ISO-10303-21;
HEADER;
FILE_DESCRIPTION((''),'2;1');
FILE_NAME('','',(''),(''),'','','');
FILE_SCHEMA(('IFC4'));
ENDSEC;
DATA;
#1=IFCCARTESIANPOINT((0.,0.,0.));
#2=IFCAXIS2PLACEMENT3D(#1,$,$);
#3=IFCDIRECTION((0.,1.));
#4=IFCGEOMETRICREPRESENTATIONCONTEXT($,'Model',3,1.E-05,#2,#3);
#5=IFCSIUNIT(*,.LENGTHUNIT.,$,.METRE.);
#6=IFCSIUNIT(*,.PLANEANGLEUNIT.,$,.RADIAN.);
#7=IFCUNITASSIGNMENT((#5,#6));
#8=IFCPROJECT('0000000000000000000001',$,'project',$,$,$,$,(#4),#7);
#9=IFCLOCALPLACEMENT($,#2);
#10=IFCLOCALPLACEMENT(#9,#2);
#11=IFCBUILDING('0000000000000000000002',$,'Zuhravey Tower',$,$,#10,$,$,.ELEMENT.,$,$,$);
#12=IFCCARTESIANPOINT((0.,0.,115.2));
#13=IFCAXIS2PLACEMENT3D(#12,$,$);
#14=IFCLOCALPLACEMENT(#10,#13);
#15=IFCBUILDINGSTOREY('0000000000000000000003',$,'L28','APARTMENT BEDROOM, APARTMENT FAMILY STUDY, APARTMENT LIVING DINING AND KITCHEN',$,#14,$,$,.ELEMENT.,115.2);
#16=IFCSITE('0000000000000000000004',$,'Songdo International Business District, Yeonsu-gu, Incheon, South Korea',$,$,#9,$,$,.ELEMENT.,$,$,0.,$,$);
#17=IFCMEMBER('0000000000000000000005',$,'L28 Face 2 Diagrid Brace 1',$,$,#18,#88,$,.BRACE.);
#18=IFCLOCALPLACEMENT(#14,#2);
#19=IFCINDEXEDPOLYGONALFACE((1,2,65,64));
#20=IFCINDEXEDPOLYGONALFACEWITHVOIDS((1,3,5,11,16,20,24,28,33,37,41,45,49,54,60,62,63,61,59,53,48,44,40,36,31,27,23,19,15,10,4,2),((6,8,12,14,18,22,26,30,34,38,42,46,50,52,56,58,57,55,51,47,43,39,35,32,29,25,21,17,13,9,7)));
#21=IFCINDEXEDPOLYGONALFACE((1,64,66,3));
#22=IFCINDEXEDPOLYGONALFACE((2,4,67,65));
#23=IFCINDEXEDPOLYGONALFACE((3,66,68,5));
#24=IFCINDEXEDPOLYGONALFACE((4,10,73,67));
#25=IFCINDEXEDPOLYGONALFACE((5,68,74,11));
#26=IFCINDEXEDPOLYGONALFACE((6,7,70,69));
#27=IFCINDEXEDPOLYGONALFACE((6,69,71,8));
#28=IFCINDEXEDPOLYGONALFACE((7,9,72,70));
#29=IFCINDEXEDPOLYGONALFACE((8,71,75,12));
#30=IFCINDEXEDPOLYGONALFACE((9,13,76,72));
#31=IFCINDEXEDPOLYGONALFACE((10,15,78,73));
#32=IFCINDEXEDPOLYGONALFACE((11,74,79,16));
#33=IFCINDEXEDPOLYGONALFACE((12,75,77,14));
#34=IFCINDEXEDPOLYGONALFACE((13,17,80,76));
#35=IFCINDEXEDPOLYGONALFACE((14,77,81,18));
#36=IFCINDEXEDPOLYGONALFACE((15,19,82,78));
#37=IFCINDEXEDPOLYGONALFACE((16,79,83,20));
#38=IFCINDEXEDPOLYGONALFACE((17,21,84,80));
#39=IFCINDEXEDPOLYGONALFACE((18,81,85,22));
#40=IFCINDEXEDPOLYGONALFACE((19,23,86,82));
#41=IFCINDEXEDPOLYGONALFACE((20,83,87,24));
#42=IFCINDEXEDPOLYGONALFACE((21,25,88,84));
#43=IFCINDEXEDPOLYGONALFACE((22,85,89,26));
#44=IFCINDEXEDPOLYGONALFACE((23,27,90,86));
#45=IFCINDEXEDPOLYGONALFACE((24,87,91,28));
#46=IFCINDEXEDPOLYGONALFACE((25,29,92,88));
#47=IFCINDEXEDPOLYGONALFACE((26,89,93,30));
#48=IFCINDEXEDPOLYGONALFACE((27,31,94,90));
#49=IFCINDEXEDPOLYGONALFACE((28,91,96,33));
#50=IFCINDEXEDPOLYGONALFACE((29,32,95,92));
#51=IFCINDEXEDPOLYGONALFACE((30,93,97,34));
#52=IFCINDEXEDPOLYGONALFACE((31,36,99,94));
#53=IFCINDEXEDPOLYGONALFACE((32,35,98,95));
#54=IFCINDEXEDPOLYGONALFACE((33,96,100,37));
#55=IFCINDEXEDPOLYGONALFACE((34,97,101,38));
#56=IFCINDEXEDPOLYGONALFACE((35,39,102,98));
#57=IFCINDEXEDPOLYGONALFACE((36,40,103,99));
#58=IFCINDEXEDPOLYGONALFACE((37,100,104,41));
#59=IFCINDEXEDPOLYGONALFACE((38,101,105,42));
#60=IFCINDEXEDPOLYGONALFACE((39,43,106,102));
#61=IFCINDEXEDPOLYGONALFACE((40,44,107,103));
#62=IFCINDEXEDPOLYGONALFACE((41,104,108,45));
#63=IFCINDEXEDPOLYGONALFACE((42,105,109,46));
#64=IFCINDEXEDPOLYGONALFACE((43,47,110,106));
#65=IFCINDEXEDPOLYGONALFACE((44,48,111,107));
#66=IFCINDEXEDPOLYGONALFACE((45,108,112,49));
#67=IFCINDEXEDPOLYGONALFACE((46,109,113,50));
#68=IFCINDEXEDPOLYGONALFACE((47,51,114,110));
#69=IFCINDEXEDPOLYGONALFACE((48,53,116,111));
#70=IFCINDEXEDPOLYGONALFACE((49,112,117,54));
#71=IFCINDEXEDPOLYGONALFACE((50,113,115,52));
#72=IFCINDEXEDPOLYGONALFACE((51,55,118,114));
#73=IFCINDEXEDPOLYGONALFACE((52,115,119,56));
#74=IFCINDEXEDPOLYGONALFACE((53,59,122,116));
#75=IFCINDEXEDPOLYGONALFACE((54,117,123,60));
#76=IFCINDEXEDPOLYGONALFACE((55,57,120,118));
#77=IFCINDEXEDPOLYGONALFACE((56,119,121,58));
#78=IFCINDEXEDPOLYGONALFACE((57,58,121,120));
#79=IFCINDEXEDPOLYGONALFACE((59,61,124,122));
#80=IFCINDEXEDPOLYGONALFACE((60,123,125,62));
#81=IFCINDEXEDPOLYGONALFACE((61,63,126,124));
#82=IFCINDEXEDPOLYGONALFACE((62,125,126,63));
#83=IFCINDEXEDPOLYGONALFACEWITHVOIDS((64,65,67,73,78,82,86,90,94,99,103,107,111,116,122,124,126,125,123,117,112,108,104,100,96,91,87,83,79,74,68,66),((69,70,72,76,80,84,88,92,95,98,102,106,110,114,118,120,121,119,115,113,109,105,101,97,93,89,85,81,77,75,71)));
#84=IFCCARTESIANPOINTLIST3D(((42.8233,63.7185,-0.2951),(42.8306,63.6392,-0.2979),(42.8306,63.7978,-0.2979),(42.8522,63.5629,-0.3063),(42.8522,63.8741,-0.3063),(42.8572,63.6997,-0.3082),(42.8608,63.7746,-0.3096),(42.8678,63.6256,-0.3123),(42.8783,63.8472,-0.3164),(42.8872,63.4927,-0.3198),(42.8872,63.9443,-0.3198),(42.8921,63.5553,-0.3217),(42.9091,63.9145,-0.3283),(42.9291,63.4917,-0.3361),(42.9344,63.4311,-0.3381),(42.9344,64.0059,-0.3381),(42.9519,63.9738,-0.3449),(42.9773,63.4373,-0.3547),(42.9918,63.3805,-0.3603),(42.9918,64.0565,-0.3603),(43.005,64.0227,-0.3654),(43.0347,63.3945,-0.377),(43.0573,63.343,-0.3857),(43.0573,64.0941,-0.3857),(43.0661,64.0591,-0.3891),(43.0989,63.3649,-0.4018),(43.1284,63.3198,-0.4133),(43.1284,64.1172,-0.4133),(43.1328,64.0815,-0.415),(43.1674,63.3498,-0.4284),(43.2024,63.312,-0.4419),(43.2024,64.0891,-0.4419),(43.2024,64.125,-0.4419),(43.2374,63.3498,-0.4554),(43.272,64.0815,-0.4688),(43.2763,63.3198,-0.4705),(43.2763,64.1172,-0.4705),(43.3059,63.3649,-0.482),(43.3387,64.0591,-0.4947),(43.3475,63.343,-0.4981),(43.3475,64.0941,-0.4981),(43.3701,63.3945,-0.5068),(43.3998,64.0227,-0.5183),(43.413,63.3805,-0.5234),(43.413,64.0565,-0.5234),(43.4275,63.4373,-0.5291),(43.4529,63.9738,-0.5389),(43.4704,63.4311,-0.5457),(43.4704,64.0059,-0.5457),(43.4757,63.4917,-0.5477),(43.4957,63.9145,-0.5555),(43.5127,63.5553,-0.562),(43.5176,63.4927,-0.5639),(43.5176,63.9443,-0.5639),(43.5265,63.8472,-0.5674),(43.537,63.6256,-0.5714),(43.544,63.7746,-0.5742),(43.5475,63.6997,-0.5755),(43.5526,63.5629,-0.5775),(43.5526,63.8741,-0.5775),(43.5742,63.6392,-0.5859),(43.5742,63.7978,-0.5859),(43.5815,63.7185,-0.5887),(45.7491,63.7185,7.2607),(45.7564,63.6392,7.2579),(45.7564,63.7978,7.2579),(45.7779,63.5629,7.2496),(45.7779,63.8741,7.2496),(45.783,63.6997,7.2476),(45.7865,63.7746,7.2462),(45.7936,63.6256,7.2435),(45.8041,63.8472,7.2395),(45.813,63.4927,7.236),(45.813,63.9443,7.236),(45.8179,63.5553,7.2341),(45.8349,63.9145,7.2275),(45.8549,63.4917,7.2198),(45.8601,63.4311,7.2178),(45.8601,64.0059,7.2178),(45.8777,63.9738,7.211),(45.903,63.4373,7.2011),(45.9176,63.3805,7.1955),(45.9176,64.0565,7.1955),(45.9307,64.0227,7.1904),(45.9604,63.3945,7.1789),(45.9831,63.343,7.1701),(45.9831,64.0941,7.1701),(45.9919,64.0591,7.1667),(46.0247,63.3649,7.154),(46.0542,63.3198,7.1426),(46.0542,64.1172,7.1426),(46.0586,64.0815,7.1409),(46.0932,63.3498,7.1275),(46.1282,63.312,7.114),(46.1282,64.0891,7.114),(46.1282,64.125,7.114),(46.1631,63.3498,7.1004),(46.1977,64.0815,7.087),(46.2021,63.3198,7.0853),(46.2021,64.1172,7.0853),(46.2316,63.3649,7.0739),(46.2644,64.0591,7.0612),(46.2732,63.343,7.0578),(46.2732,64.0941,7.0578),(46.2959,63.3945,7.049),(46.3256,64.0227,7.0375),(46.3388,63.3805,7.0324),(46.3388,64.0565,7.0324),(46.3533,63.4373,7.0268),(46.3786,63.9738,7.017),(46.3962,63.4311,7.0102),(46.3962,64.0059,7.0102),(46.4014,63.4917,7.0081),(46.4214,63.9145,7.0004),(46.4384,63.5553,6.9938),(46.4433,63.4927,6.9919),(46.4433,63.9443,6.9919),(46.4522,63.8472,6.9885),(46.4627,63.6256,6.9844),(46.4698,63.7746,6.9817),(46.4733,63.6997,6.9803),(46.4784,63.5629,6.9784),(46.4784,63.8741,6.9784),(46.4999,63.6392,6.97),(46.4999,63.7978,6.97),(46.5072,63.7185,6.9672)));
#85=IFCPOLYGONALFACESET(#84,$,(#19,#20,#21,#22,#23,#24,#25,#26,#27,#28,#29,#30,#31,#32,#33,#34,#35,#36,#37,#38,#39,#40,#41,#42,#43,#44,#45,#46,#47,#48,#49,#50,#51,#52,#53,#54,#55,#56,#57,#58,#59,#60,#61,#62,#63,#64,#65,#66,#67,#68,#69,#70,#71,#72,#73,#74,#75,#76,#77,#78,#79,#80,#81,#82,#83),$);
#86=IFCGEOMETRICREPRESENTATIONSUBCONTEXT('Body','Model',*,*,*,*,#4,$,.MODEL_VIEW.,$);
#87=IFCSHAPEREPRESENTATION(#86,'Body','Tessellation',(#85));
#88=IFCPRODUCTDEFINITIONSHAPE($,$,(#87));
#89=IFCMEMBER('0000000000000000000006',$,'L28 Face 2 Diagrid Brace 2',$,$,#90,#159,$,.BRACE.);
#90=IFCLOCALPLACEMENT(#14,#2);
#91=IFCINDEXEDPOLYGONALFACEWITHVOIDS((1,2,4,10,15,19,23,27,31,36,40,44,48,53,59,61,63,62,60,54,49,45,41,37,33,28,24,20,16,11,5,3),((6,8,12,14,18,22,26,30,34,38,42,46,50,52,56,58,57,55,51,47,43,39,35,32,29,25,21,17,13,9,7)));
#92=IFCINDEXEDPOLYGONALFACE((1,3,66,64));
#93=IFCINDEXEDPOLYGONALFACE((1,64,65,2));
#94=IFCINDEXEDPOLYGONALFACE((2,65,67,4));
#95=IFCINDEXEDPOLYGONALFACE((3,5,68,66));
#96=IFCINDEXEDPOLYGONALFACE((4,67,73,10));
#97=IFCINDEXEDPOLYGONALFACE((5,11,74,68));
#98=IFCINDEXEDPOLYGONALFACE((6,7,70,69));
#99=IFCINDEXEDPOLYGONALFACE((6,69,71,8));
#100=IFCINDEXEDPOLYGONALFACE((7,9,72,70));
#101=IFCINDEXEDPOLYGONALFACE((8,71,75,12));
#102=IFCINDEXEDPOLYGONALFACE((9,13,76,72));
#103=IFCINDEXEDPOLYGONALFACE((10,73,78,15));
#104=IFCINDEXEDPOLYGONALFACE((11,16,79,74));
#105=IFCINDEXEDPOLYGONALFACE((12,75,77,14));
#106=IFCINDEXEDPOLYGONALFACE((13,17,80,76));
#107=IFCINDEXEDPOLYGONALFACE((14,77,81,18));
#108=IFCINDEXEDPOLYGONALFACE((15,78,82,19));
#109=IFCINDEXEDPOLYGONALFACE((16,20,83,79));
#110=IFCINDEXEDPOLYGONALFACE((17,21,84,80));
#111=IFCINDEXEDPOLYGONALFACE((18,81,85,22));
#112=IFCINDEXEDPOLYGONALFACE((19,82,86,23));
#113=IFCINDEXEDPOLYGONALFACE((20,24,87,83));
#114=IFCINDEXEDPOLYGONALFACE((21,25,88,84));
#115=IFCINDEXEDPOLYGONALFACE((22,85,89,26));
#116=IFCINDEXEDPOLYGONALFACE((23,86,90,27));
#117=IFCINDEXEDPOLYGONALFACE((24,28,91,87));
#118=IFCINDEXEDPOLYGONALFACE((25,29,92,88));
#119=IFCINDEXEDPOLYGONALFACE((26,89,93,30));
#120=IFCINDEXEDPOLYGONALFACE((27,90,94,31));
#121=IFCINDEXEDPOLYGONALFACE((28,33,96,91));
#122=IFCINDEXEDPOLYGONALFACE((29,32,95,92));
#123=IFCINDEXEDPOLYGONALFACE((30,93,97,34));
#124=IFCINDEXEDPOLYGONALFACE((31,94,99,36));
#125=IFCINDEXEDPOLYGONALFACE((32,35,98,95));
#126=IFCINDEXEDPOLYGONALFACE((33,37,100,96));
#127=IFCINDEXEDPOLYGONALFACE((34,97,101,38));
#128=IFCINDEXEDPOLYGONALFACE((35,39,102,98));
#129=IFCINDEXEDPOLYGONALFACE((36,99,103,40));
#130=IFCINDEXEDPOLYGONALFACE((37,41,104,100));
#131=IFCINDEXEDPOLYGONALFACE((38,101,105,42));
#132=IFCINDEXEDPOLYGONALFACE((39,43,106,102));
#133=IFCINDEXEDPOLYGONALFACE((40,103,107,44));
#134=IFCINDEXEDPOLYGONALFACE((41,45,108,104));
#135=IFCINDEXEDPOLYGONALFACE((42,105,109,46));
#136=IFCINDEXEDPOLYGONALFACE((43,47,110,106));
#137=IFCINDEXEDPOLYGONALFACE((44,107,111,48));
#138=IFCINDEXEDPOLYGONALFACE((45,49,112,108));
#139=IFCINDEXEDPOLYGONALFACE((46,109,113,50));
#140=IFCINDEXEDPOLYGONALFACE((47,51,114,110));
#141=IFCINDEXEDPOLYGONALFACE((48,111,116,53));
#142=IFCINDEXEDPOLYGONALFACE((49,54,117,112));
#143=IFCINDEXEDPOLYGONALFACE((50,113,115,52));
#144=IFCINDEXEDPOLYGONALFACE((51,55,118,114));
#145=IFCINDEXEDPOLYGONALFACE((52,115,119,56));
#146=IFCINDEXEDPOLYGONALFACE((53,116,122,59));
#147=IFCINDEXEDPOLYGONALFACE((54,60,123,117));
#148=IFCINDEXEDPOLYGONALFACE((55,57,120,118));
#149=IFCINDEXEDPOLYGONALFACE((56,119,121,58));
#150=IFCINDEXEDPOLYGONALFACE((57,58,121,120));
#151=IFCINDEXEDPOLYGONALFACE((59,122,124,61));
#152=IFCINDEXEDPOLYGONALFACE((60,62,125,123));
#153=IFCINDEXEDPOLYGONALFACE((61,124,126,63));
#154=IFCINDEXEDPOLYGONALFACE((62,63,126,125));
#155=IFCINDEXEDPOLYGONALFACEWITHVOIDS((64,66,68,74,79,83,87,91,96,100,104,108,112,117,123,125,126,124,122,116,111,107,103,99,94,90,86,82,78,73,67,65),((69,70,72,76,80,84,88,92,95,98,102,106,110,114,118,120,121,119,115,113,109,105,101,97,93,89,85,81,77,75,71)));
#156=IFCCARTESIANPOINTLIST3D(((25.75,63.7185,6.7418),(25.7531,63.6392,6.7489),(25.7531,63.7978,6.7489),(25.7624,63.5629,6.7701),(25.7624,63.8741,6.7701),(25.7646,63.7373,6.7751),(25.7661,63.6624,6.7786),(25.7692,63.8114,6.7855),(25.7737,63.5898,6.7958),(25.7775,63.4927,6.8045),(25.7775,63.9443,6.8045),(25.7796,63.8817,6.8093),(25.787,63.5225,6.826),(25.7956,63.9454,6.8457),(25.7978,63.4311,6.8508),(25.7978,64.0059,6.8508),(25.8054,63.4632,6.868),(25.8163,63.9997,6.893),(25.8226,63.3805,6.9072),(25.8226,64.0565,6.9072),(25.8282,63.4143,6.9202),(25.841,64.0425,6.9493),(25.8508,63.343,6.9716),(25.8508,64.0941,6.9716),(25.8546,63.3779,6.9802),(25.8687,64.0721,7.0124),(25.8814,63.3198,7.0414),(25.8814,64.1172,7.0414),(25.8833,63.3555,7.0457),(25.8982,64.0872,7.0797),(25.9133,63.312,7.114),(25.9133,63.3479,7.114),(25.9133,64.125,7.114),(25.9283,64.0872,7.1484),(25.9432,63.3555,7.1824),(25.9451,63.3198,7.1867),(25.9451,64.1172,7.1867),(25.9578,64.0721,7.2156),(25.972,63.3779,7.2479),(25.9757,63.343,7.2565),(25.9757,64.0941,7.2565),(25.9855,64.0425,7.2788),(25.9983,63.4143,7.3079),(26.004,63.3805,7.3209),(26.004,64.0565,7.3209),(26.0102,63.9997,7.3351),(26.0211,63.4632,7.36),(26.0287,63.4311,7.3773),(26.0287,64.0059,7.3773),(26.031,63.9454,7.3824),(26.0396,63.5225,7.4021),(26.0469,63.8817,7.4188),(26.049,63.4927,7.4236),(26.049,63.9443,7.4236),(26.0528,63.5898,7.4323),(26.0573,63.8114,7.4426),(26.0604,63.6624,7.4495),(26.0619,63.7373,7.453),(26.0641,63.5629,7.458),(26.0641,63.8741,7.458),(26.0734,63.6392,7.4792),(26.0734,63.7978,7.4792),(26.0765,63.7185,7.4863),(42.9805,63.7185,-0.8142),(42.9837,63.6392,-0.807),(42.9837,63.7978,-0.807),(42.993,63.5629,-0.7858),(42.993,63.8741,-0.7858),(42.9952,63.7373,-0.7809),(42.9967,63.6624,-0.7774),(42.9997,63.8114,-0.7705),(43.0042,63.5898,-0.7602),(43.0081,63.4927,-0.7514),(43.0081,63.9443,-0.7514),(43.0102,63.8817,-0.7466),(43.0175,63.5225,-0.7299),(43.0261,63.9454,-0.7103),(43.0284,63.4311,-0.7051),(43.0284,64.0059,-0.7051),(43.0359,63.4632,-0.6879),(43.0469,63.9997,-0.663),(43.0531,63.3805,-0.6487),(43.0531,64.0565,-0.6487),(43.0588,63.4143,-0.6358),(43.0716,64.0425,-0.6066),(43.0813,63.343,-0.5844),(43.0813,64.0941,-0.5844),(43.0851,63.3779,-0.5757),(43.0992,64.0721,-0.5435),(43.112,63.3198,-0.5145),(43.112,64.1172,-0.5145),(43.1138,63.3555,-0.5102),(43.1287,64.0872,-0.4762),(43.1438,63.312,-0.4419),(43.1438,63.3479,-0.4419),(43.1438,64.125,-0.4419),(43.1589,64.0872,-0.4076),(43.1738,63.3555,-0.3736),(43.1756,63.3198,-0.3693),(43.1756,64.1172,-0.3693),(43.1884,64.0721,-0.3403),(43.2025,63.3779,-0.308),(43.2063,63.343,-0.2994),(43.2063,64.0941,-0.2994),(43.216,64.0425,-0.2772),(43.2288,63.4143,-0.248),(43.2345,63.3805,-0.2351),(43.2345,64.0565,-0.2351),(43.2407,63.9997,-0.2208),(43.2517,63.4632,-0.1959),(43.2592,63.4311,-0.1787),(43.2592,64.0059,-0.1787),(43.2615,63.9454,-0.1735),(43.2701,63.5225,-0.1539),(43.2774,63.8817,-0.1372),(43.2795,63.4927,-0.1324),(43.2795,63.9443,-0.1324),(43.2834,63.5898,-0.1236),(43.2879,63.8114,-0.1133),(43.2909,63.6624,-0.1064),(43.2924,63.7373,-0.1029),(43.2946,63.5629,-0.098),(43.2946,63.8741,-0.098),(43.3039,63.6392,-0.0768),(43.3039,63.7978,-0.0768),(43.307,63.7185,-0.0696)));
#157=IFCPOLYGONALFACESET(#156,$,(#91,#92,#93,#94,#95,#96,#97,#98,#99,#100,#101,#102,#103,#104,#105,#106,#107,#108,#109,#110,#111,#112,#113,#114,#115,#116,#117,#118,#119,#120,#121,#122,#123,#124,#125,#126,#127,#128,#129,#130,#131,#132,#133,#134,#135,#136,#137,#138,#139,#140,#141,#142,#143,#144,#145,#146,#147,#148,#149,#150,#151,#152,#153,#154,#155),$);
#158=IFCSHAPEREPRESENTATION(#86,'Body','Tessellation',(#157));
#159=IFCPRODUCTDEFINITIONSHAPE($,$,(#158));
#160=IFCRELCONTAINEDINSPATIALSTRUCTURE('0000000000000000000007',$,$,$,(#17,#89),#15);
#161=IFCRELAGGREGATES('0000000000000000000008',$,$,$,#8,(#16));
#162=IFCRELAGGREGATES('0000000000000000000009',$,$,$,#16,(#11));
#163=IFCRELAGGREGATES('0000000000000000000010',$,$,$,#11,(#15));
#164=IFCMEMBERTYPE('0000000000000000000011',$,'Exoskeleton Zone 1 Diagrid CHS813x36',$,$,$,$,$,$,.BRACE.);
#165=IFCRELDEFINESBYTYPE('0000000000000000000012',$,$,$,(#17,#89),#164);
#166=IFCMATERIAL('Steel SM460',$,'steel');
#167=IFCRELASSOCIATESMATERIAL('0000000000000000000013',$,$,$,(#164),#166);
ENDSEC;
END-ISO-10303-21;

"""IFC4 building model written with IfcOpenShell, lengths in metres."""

from ifc_helpers import new_model, si_unit, direction, frame, origin, origin_2d, place, context, subcontext, project, spatial, hollow_circle, extrude, material, material_profile, profile_set, type_object, element, save


model = new_model("IFC4")

# Units and contexts
model_context = context("Model", 3, precision=1e-05, world=origin(), true_north=direction((0.0, 1.0)))
body_context = subcontext(model_context, "Body", "Model", "MODEL_VIEW")
ifc_project = project(units=[si_unit("LENGTHUNIT", "METRE"), si_unit("PLANEANGLEUNIT", "RADIAN")], contexts=[model_context])

# Site, building, storey
site_placement = place(None, origin())
site = spatial("IfcSite", under=ifc_project, at=site_placement, Name="Songdo International Business District, Yeonsu-gu, Incheon, South Korea", CompositionType="ELEMENT", RefElevation=0.0)
building_placement = place(site_placement, origin())
building = spatial("IfcBuilding", under=site, at=building_placement, Name="Zuhravey Tower", CompositionType="ELEMENT")
storey_placement = place(building_placement, frame((0.0, 0.0, 115.2)))
storey = spatial("IfcBuildingStorey", under=building, at=storey_placement, Name="L28", Description="APARTMENT BEDROOM, APARTMENT FAMILY STUDY, APARTMENT LIVING DINING AND KITCHEN", CompositionType="ELEMENT", Elevation=115.2)

# Members
ifc_material_1 = material(Name="Steel SM460", Category="steel")
ifc_material_profile_1 = material_profile(ifc_material_1, hollow_circle(Radius=0.4065, WallThickness=0.0359, at=origin_2d()), Name="CHS-812.8x36")
ifc_profile_set_1 = profile_set([ifc_material_profile_1], Name="Steel SM460")
member_type_1 = type_object("IfcMemberType", Name="Exoskeleton Zone 1 Diagrid CHS813x36", PredefinedType="BRACE", material=ifc_profile_set_1)
member_1_placement = place(storey_placement, frame((43.2024, 63.7185, -0.4419), z_axis=(0.361092, 0.0, 0.93253), x_axis=(0.0, 1.0, 0.0)))
element("IfcMember", 1, at=member_1_placement, inside=storey, type_object=member_type_1, Name="L28 Face 2 Diagrid Brace 1", PredefinedType="BRACE", context=body_context, shape_type="SweptSolid", body=[
    extrude(hollow_circle(Radius=0.4065, WallThickness=0.0359, at=origin_2d()), origin(), (0.0, 0.0, 1.0), 8.1025),
])
member_2_placement = place(storey_placement, frame((43.1438, 63.7185, -0.4419), z_axis=(-0.915814, 0.0, 0.401603), x_axis=(0.0, -1.0, 0.0)))
element("IfcMember", 2, at=member_2_placement, inside=storey, type_object=member_type_1, Name="L28 Face 2 Diagrid Brace 2", PredefinedType="BRACE", context=body_context, shape_type="SweptSolid", body=[
    extrude(hollow_circle(Radius=0.4065, WallThickness=0.0359, at=origin_2d()), origin(), (0.0, 0.0, 1.0), 18.8145),
])

save(model, "model.ifc")
